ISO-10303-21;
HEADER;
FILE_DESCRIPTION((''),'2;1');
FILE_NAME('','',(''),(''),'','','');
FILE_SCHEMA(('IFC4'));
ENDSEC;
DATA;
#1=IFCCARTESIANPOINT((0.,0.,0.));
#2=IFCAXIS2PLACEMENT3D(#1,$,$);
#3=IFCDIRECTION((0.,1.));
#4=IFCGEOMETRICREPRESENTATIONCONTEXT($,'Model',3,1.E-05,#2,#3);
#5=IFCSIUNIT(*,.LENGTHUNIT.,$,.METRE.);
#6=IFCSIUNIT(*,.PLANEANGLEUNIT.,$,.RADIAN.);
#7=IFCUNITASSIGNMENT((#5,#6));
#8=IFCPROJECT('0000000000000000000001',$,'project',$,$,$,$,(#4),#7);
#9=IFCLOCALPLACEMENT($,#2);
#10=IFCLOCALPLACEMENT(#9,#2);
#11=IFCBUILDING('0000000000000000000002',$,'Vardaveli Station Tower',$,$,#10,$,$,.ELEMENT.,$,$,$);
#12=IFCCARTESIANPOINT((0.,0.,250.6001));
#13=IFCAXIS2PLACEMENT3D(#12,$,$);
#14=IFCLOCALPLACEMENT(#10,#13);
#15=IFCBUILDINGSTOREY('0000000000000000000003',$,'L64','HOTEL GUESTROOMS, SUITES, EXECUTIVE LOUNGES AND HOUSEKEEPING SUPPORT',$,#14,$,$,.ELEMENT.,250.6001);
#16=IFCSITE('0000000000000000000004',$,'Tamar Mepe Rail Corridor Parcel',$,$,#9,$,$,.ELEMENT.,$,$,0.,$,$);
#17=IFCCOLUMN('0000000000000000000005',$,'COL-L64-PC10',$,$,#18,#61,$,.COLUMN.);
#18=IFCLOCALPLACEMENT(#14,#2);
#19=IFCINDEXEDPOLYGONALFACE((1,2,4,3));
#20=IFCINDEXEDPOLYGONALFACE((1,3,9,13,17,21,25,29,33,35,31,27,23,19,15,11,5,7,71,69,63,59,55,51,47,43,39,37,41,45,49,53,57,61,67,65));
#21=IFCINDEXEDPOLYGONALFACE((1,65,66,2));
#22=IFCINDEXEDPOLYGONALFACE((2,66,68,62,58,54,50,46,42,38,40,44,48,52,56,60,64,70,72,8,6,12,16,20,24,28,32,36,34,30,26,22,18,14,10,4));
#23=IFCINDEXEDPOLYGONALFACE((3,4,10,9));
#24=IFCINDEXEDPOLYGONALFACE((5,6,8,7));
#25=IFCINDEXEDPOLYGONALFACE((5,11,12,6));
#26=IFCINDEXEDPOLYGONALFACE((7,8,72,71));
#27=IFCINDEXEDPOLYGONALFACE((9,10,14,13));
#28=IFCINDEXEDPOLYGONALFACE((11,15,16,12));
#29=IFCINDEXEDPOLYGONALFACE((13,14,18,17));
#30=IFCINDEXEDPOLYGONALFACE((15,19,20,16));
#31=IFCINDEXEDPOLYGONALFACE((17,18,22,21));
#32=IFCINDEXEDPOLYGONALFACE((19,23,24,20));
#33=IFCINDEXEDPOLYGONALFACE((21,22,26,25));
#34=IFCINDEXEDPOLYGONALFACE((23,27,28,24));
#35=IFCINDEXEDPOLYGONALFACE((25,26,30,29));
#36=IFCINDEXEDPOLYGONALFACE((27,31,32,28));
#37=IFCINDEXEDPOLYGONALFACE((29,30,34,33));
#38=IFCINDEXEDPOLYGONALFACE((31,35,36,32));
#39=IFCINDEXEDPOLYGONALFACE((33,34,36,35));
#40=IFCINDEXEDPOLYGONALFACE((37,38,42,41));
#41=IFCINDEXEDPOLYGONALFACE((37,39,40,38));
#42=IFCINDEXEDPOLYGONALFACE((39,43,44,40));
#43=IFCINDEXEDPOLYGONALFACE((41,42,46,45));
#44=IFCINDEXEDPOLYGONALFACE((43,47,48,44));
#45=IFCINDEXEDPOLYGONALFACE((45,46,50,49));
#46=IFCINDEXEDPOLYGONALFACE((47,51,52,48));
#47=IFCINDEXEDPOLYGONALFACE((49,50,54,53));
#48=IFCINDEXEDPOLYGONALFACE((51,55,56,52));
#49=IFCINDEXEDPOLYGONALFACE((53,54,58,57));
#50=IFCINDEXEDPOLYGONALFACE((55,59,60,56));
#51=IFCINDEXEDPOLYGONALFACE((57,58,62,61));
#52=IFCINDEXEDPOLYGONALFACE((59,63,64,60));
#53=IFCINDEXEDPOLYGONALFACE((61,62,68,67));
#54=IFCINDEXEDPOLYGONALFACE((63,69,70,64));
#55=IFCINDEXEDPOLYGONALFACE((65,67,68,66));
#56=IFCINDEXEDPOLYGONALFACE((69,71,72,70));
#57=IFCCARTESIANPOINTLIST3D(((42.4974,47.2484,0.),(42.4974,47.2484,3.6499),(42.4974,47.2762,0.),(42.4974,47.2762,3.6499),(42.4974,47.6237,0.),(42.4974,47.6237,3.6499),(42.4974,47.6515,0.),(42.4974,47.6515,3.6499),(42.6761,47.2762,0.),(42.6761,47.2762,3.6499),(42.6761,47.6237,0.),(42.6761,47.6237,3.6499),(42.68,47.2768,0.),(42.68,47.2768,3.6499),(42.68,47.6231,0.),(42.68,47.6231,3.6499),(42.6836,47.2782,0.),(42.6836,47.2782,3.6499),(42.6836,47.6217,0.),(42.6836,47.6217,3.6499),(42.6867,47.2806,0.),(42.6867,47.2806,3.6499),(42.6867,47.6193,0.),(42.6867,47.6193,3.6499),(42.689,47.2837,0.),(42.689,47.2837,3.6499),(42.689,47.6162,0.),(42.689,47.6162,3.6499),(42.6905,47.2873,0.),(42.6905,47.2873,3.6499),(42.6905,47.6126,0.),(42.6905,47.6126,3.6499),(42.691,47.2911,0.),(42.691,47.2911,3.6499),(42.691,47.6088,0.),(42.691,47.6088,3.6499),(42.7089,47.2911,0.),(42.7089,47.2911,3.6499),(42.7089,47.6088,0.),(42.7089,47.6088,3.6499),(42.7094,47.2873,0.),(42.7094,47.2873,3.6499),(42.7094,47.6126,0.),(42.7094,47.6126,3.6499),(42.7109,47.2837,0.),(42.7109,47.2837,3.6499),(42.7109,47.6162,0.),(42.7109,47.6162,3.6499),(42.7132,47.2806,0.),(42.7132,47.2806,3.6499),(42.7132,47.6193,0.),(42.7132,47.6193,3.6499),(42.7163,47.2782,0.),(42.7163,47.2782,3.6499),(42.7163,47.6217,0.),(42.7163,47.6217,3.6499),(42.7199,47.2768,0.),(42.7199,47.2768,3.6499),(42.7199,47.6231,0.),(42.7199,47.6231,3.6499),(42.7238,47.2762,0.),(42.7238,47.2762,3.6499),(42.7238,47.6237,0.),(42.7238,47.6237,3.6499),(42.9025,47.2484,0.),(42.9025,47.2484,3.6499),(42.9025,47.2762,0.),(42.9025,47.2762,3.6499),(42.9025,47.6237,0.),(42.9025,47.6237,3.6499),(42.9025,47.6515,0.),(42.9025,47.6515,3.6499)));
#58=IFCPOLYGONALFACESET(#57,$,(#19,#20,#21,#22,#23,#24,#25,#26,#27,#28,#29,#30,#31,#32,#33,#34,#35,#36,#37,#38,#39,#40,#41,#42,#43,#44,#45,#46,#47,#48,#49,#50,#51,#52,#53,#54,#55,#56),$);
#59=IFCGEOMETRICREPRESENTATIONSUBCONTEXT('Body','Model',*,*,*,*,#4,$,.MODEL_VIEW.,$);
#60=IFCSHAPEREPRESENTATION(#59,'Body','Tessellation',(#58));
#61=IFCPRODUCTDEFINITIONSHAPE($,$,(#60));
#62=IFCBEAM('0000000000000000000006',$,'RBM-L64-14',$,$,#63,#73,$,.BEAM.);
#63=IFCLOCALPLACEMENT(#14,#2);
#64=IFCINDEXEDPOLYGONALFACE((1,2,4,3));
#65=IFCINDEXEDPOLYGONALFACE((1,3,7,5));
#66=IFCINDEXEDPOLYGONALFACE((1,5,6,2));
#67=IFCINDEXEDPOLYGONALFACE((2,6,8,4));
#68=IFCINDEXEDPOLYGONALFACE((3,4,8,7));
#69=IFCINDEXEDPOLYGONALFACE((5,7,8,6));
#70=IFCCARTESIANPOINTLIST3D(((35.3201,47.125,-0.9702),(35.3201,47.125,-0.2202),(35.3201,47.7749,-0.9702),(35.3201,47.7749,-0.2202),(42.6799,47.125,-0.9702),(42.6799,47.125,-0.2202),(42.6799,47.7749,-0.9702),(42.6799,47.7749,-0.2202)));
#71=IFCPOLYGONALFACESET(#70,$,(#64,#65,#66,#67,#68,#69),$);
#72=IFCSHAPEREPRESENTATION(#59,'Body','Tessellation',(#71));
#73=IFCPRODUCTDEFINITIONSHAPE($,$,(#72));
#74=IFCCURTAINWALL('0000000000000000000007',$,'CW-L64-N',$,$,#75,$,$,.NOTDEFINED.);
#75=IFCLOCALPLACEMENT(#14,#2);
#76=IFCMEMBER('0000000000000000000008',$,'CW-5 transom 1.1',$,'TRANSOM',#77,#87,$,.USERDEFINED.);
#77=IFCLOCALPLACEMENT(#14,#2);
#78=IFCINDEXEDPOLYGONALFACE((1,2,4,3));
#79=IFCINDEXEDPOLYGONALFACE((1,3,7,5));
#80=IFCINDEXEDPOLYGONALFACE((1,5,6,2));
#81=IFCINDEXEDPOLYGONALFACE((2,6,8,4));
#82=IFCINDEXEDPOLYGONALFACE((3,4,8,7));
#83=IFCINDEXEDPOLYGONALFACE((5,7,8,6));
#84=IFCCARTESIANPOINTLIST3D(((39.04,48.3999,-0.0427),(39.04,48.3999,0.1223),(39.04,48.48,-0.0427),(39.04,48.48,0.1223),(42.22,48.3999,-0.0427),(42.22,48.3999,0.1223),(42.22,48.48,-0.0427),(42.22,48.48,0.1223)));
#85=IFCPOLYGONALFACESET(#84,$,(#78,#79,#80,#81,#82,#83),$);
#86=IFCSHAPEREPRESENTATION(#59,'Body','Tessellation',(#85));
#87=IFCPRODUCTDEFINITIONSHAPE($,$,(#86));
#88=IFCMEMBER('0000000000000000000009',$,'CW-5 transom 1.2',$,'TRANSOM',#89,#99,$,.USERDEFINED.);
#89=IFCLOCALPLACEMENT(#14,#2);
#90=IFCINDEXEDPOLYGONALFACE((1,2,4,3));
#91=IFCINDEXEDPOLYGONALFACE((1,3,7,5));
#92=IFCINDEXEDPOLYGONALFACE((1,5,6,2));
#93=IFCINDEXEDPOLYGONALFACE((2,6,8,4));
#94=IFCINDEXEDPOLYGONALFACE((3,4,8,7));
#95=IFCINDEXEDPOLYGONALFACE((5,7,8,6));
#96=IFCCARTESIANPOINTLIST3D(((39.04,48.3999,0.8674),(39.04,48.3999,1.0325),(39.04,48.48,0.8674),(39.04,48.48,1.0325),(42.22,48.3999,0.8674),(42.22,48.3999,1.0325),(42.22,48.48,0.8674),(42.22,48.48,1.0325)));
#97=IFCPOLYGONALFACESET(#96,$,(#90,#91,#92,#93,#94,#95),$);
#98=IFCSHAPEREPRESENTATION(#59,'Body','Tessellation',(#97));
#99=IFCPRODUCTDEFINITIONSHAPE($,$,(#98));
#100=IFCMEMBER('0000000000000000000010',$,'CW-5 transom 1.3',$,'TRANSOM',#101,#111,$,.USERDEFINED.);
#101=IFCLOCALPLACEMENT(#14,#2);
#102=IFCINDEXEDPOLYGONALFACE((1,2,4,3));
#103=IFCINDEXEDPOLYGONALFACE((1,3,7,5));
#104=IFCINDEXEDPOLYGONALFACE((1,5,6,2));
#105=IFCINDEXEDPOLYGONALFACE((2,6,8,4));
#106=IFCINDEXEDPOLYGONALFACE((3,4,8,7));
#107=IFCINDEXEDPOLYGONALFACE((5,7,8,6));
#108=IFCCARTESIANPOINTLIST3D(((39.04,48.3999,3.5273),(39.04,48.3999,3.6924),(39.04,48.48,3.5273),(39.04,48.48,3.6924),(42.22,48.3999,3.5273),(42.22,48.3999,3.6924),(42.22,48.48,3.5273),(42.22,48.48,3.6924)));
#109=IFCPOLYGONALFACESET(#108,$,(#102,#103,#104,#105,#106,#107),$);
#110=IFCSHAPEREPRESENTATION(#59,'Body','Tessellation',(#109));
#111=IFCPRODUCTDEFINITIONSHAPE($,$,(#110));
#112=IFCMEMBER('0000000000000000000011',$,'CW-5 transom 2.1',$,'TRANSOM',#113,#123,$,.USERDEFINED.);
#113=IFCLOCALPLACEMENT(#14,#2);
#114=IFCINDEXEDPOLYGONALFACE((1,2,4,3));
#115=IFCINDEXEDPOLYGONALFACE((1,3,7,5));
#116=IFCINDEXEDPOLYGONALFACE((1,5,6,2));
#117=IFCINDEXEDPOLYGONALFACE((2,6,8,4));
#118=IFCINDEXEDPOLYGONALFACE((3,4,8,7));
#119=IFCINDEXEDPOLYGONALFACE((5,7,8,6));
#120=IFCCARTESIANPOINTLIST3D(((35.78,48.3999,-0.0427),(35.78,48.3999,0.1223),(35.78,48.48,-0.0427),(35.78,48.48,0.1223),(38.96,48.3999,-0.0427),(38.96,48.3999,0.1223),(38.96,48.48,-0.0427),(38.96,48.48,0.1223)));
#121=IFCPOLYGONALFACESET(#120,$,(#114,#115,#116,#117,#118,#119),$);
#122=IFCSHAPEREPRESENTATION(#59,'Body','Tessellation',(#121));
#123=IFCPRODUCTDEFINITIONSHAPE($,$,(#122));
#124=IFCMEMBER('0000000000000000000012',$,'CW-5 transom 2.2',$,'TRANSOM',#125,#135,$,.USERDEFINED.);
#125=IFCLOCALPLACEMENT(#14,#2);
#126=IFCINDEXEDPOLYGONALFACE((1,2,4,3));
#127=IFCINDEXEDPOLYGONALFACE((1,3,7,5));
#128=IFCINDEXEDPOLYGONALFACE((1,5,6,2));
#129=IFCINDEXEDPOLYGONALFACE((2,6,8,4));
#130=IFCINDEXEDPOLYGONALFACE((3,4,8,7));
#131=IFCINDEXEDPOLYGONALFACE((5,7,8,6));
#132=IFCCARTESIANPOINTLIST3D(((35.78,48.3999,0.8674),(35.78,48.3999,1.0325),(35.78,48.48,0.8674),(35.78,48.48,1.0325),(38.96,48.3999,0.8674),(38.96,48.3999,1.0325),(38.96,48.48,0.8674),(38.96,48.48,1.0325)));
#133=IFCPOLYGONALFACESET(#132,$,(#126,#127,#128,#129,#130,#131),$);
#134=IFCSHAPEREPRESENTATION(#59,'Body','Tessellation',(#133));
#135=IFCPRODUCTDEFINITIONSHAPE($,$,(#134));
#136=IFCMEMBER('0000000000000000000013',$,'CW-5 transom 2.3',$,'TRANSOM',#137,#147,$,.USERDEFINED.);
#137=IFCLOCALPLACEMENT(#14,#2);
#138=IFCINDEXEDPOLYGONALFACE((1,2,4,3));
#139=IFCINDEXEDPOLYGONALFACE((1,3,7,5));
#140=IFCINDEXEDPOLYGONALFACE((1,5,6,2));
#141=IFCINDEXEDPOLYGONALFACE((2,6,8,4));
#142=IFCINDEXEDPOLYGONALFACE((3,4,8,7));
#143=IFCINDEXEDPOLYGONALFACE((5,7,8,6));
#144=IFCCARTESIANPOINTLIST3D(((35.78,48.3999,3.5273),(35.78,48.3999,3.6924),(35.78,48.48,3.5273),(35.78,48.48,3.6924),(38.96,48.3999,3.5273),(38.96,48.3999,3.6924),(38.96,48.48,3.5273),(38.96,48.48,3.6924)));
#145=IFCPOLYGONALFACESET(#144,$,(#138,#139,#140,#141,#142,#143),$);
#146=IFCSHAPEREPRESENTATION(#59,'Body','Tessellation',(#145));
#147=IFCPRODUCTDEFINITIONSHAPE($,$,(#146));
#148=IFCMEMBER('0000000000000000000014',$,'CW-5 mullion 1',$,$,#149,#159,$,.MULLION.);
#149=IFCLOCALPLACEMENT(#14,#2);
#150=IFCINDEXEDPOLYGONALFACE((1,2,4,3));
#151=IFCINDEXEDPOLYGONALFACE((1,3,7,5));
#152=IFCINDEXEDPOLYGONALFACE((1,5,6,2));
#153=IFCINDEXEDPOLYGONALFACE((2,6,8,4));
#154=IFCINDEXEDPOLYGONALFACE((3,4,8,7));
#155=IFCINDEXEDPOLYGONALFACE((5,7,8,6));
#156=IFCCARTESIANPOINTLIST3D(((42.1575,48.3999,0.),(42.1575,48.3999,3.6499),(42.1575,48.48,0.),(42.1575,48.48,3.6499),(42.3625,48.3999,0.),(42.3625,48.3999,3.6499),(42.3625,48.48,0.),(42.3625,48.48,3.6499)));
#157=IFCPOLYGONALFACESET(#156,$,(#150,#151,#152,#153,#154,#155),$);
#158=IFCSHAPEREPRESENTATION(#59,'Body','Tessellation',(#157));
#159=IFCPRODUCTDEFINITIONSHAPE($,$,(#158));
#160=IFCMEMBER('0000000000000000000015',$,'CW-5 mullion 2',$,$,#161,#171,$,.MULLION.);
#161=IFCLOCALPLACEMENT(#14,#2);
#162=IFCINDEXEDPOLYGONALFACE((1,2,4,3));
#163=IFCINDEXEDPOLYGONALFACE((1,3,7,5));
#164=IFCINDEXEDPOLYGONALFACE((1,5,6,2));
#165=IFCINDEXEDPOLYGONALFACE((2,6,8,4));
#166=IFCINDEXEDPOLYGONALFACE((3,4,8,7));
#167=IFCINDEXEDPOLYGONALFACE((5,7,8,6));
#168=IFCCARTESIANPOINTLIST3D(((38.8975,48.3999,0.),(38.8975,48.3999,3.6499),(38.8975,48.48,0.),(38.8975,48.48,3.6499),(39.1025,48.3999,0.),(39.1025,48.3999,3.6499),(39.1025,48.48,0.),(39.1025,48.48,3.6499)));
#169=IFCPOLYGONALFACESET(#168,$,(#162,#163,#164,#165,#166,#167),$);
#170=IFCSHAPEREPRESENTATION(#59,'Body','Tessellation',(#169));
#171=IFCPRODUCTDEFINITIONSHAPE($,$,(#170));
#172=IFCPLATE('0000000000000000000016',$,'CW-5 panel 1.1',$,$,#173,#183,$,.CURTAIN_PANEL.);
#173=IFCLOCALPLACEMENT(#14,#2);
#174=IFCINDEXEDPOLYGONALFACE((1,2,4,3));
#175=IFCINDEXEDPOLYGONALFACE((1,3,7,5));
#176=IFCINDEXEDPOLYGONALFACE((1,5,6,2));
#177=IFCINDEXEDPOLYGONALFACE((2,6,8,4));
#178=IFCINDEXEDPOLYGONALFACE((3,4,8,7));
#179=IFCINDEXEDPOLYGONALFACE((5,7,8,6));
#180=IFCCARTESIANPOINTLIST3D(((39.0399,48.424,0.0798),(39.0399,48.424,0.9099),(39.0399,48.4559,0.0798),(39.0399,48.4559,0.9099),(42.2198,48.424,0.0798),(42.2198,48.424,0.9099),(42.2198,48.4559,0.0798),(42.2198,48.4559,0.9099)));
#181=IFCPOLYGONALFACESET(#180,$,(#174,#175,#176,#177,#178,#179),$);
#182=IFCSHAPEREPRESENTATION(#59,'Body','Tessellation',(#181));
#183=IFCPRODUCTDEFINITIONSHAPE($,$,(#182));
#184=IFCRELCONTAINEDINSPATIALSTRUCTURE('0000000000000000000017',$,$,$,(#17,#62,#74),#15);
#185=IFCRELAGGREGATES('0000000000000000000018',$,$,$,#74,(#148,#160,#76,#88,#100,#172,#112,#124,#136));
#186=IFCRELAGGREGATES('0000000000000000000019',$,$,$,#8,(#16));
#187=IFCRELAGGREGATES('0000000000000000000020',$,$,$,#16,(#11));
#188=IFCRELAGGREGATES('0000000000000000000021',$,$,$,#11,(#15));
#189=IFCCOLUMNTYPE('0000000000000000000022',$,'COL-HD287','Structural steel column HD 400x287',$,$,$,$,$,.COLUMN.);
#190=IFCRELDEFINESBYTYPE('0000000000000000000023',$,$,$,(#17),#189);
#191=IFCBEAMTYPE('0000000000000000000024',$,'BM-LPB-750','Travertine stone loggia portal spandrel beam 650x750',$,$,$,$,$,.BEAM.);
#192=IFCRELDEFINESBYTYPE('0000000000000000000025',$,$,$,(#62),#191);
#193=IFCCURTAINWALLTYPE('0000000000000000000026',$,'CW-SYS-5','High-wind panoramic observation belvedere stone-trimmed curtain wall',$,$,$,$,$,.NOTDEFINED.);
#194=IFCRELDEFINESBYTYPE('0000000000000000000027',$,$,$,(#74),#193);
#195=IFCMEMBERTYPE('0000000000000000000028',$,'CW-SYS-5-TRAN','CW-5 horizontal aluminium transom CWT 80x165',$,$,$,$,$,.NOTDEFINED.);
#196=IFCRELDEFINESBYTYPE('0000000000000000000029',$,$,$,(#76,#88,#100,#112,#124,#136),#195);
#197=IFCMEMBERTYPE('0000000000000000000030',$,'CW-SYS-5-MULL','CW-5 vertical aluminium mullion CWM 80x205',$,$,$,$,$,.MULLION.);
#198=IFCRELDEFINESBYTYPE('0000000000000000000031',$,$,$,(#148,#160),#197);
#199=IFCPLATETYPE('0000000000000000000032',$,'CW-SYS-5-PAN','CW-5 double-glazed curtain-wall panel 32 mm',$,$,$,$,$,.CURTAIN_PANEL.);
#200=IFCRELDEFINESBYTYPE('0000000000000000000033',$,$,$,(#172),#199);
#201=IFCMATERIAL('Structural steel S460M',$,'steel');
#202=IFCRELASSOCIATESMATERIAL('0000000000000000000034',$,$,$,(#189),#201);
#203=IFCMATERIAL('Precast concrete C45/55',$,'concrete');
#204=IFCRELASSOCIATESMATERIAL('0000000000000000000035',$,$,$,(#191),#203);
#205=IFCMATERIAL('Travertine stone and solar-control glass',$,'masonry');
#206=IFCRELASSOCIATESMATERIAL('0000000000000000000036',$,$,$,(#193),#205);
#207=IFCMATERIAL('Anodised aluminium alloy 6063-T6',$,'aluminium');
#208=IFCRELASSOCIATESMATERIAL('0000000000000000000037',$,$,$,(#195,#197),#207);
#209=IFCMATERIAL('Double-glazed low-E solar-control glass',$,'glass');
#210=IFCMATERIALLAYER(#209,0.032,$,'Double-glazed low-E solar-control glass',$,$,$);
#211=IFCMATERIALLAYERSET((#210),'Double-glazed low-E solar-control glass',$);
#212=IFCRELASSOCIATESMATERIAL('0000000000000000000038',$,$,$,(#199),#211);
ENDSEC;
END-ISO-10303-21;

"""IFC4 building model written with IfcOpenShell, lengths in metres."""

from ifc_helpers import new_model, si_unit, direction, frame, origin, origin_2d, place, context, subcontext, project, spatial, rectangle, i_section, extrude, source, transform, mapped, material, layer, layer_set, material_profile, profile_set, type_object, element, aggregate, save


model = new_model("IFC4")

# Units and contexts
model_context = context("Model", 3, precision=1e-05, world=origin(), true_north=direction((0.0, 1.0)))
body_context = subcontext(model_context, "Body", "Model", "MODEL_VIEW")
ifc_project = project(units=[si_unit("LENGTHUNIT", "METRE"), si_unit("PLANEANGLEUNIT", "RADIAN")], contexts=[model_context])

# Site, building, storey
site_placement = place(None, origin())
site = spatial("IfcSite", under=ifc_project, at=site_placement, Name="Tamar Mepe Rail Corridor Parcel", CompositionType="ELEMENT", RefElevation=0.0)
building_placement = place(site_placement, origin())
building = spatial("IfcBuilding", under=site, at=building_placement, Name="Vardaveli Station Tower", CompositionType="ELEMENT")
storey_placement = place(building_placement, frame((0.0, 0.0, 250.6001)))
storey = spatial("IfcBuildingStorey", under=building, at=storey_placement, Name="L64", Description="HOTEL GUESTROOMS, SUITES, EXECUTIVE LOUNGES AND HOUSEKEEPING SUPPORT", CompositionType="ELEMENT", Elevation=250.6001)

# Column
ifc_material_1 = material(Name="Structural steel S460M", Category="steel")
ifc_material_profile_1 = material_profile(ifc_material_1, i_section(OverallWidth=0.405, OverallDepth=0.4031, WebThickness=0.0178, FlangeThickness=0.0278, FilletRadius=0.0149, at=origin_2d()), Name="HD 400x287")
ifc_profile_set_1 = profile_set([ifc_material_profile_1], Name="Structural steel S460M")
column_type = type_object("IfcColumnType", Name="COL-HD287", Description="Structural steel column HD 400x287", PredefinedType="COLUMN", material=ifc_profile_set_1)
shared_shape_1 = source(origin(), body_context, "Body", "SweptSolid", [
    extrude(i_section(OverallWidth=0.405, OverallDepth=0.4031, WebThickness=0.0178, FlangeThickness=0.0278, FilletRadius=0.0149, at=origin_2d()), origin(), (0.0, 0.0, 1.0), 3.6499),
])
column_placement = place(storey_placement, frame((42.7, 47.45, 0.0), z_axis=(0.0, 0.0, 1.0), x_axis=(1.0, 0.0, 0.0)))
element("IfcColumn", 1, at=column_placement, inside=storey, type_object=column_type, Name="COL-L64-PC10", PredefinedType="COLUMN", context=body_context, shape_type="MappedRepresentation", body=[
    mapped(shared_shape_1, transform((0.0, 0.0, 0.0), scale=1.0)),
])

# Beam
ifc_material_2 = material(Name="Precast concrete C45/55", Category="concrete")
ifc_material_profile_2 = material_profile(ifc_material_2, rectangle(XDim=0.6499, YDim=0.75, at=origin_2d()), Name="LPB 650x750")
ifc_profile_set_2 = profile_set([ifc_material_profile_2], Name="Precast concrete C45/55")
beam_type = type_object("IfcBeamType", Name="BM-LPB-750", Description="Travertine stone loggia portal spandrel beam 650x750", PredefinedType="BEAM", material=ifc_profile_set_2)
shared_shape_2 = source(origin(), body_context, "Body", "SweptSolid", [
    extrude(rectangle(XDim=0.6499, YDim=0.75, at=origin_2d()), origin(), (0.0, 0.0, 1.0), 7.3599),
])
beam_placement = place(storey_placement, frame((42.6799, 47.45, -0.5952), z_axis=(-1.0, 0.0, 0.0), x_axis=(0.0, -1.0, 0.0)))
element("IfcBeam", 2, at=beam_placement, inside=storey, type_object=beam_type, Name="RBM-L64-14", PredefinedType="BEAM", context=body_context, shape_type="MappedRepresentation", body=[
    mapped(shared_shape_2, transform((0.0, 0.0, 0.0), scale=1.0)),
])

# Curtain wall, members, plate
ifc_material_3 = material(Name="Travertine stone and solar-control glass", Category="masonry")
curtain_wall_type = type_object("IfcCurtainWallType", Name="CW-SYS-5", Description="High-wind panoramic observation belvedere stone-trimmed curtain wall", PredefinedType="NOTDEFINED", material=ifc_material_3)
curtain_wall_placement = place(storey_placement, origin())
curtain_wall = element("IfcCurtainWall", 3, at=curtain_wall_placement, inside=storey, type_object=curtain_wall_type, Name="CW-L64-N", PredefinedType="NOTDEFINED")
ifc_material_4 = material(Name="Anodised aluminium alloy 6063-T6", Category="aluminium")
ifc_material_profile_3 = material_profile(ifc_material_4, rectangle(XDim=0.0801, YDim=0.165, at=origin_2d()), Name="CWT 80x165")
ifc_profile_set_3 = profile_set([ifc_material_profile_3], Name="Anodised aluminium alloy 6063-T6")
member_type_1 = type_object("IfcMemberType", Name="CW-SYS-5-TRAN", Description="CW-5 horizontal aluminium transom CWT 80x165", PredefinedType="NOTDEFINED", material=ifc_profile_set_3)
shared_shape_3 = source(origin(), body_context, "Body", "SweptSolid", [
    extrude(rectangle(XDim=0.0801, YDim=0.165, at=origin_2d()), origin(), (0.0, 0.0, 1.0), 3.1799),
])
member_1_placement = place(storey_placement, frame((42.22, 48.4399, 0.0398), z_axis=(-1.0, 0.0, 0.0), x_axis=(0.0, -1.0, 0.0)))
member_1 = element("IfcMember", 4, at=member_1_placement, type_object=member_type_1, Name="CW-5 transom 1.1", ObjectType="TRANSOM", PredefinedType="USERDEFINED", context=body_context, shape_type="MappedRepresentation", body=[
    mapped(shared_shape_3, transform((0.0, 0.0, 0.0), scale=1.0)),
])
member_2_placement = place(storey_placement, frame((42.22, 48.4399, 0.95), z_axis=(-1.0, 0.0, 0.0), x_axis=(0.0, -1.0, 0.0)))
member_2 = element("IfcMember", 5, at=member_2_placement, type_object=member_type_1, Name="CW-5 transom 1.2", ObjectType="TRANSOM", PredefinedType="USERDEFINED", context=body_context, shape_type="MappedRepresentation", body=[
    mapped(shared_shape_3, transform((0.0, 0.0, 0.0), scale=1.0)),
])
member_3_placement = place(storey_placement, frame((42.22, 48.4399, 3.6099), z_axis=(-1.0, 0.0, 0.0), x_axis=(0.0, -1.0, 0.0)))
member_3 = element("IfcMember", 6, at=member_3_placement, type_object=member_type_1, Name="CW-5 transom 1.3", ObjectType="TRANSOM", PredefinedType="USERDEFINED", context=body_context, shape_type="MappedRepresentation", body=[
    mapped(shared_shape_3, transform((0.0, 0.0, 0.0), scale=1.0)),
])
member_4_placement = place(storey_placement, frame((38.96, 48.4399, 0.0398), z_axis=(-1.0, 0.0, 0.0), x_axis=(0.0, -1.0, 0.0)))
member_4 = element("IfcMember", 7, at=member_4_placement, type_object=member_type_1, Name="CW-5 transom 2.1", ObjectType="TRANSOM", PredefinedType="USERDEFINED", context=body_context, shape_type="MappedRepresentation", body=[
    mapped(shared_shape_3, transform((0.0, 0.0, 0.0), scale=1.0)),
])
member_5_placement = place(storey_placement, frame((38.96, 48.4399, 0.95), z_axis=(-1.0, 0.0, 0.0), x_axis=(0.0, -1.0, 0.0)))
member_5 = element("IfcMember", 8, at=member_5_placement, type_object=member_type_1, Name="CW-5 transom 2.2", ObjectType="TRANSOM", PredefinedType="USERDEFINED", context=body_context, shape_type="MappedRepresentation", body=[
    mapped(shared_shape_3, transform((0.0, 0.0, 0.0), scale=1.0)),
])
member_6_placement = place(storey_placement, frame((38.96, 48.4399, 3.6099), z_axis=(-1.0, 0.0, 0.0), x_axis=(0.0, -1.0, 0.0)))
member_6 = element("IfcMember", 9, at=member_6_placement, type_object=member_type_1, Name="CW-5 transom 2.3", ObjectType="TRANSOM", PredefinedType="USERDEFINED", context=body_context, shape_type="MappedRepresentation", body=[
    mapped(shared_shape_3, transform((0.0, 0.0, 0.0), scale=1.0)),
])
ifc_material_profile_4 = material_profile(ifc_material_4, rectangle(XDim=0.0801, YDim=0.2051, at=origin_2d()), Name="CWM 80x205")
ifc_profile_set_4 = profile_set([ifc_material_profile_4], Name="Anodised aluminium alloy 6063-T6")
member_type_2 = type_object("IfcMemberType", Name="CW-SYS-5-MULL", Description="CW-5 vertical aluminium mullion CWM 80x205", PredefinedType="MULLION", material=ifc_profile_set_4)
shared_shape_4 = source(origin(), body_context, "Body", "SweptSolid", [
    extrude(rectangle(XDim=0.0801, YDim=0.2051, at=origin_2d()), origin(), (0.0, 0.0, 1.0), 3.6499),
])
member_7_placement = place(storey_placement, frame((42.26, 48.4399, 0.0), z_axis=(0.0, 0.0, 1.0), x_axis=(0.0, -1.0, 0.0)))
member_7 = element("IfcMember", 10, at=member_7_placement, type_object=member_type_2, Name="CW-5 mullion 1", PredefinedType="MULLION", context=body_context, shape_type="MappedRepresentation", body=[
    mapped(shared_shape_4, transform((0.0, 0.0, 0.0), scale=1.0)),
])
member_8_placement = place(storey_placement, frame((39.0, 48.4399, 0.0), z_axis=(0.0, 0.0, 1.0), x_axis=(0.0, -1.0, 0.0)))
member_8 = element("IfcMember", 11, at=member_8_placement, type_object=member_type_2, Name="CW-5 mullion 2", PredefinedType="MULLION", context=body_context, shape_type="MappedRepresentation", body=[
    mapped(shared_shape_4, transform((0.0, 0.0, 0.0), scale=1.0)),
])
ifc_material_5 = material(Name="Double-glazed low-E solar-control glass", Category="glass")
ifc_layer_1 = layer(ifc_material_5, 0.032, Name="Double-glazed low-E solar-control glass")
ifc_layer_set_1 = layer_set([ifc_layer_1], Name="Double-glazed low-E solar-control glass")
plate_type = type_object("IfcPlateType", Name="CW-SYS-5-PAN", Description="CW-5 double-glazed curtain-wall panel 32 mm", PredefinedType="CURTAIN_PANEL", material=ifc_layer_set_1)
shared_shape_5 = source(origin(), body_context, "Body", "SweptSolid", [
    extrude(rectangle(XDim=3.1799, YDim=0.032, at=origin_2d()), origin(), (0.0, 0.0, 1.0), 0.8301),
])
plate_1_placement = place(storey_placement, frame((40.6299, 48.4399, 0.0798), z_axis=(0.0, 0.0, 1.0), x_axis=(-1.0, 0.0, 0.0)))
plate_1 = element("IfcPlate", 12, at=plate_1_placement, type_object=plate_type, Name="CW-5 panel 1.1", PredefinedType="CURTAIN_PANEL", context=body_context, shape_type="MappedRepresentation", body=[
    mapped(shared_shape_5, transform((0.0, 0.0, 0.0), scale=1.0)),
])
aggregate(curtain_wall, [member_7, member_8, member_1, member_2, member_3, plate_1, member_4, member_5, member_6])

save(model, "model.ifc")
